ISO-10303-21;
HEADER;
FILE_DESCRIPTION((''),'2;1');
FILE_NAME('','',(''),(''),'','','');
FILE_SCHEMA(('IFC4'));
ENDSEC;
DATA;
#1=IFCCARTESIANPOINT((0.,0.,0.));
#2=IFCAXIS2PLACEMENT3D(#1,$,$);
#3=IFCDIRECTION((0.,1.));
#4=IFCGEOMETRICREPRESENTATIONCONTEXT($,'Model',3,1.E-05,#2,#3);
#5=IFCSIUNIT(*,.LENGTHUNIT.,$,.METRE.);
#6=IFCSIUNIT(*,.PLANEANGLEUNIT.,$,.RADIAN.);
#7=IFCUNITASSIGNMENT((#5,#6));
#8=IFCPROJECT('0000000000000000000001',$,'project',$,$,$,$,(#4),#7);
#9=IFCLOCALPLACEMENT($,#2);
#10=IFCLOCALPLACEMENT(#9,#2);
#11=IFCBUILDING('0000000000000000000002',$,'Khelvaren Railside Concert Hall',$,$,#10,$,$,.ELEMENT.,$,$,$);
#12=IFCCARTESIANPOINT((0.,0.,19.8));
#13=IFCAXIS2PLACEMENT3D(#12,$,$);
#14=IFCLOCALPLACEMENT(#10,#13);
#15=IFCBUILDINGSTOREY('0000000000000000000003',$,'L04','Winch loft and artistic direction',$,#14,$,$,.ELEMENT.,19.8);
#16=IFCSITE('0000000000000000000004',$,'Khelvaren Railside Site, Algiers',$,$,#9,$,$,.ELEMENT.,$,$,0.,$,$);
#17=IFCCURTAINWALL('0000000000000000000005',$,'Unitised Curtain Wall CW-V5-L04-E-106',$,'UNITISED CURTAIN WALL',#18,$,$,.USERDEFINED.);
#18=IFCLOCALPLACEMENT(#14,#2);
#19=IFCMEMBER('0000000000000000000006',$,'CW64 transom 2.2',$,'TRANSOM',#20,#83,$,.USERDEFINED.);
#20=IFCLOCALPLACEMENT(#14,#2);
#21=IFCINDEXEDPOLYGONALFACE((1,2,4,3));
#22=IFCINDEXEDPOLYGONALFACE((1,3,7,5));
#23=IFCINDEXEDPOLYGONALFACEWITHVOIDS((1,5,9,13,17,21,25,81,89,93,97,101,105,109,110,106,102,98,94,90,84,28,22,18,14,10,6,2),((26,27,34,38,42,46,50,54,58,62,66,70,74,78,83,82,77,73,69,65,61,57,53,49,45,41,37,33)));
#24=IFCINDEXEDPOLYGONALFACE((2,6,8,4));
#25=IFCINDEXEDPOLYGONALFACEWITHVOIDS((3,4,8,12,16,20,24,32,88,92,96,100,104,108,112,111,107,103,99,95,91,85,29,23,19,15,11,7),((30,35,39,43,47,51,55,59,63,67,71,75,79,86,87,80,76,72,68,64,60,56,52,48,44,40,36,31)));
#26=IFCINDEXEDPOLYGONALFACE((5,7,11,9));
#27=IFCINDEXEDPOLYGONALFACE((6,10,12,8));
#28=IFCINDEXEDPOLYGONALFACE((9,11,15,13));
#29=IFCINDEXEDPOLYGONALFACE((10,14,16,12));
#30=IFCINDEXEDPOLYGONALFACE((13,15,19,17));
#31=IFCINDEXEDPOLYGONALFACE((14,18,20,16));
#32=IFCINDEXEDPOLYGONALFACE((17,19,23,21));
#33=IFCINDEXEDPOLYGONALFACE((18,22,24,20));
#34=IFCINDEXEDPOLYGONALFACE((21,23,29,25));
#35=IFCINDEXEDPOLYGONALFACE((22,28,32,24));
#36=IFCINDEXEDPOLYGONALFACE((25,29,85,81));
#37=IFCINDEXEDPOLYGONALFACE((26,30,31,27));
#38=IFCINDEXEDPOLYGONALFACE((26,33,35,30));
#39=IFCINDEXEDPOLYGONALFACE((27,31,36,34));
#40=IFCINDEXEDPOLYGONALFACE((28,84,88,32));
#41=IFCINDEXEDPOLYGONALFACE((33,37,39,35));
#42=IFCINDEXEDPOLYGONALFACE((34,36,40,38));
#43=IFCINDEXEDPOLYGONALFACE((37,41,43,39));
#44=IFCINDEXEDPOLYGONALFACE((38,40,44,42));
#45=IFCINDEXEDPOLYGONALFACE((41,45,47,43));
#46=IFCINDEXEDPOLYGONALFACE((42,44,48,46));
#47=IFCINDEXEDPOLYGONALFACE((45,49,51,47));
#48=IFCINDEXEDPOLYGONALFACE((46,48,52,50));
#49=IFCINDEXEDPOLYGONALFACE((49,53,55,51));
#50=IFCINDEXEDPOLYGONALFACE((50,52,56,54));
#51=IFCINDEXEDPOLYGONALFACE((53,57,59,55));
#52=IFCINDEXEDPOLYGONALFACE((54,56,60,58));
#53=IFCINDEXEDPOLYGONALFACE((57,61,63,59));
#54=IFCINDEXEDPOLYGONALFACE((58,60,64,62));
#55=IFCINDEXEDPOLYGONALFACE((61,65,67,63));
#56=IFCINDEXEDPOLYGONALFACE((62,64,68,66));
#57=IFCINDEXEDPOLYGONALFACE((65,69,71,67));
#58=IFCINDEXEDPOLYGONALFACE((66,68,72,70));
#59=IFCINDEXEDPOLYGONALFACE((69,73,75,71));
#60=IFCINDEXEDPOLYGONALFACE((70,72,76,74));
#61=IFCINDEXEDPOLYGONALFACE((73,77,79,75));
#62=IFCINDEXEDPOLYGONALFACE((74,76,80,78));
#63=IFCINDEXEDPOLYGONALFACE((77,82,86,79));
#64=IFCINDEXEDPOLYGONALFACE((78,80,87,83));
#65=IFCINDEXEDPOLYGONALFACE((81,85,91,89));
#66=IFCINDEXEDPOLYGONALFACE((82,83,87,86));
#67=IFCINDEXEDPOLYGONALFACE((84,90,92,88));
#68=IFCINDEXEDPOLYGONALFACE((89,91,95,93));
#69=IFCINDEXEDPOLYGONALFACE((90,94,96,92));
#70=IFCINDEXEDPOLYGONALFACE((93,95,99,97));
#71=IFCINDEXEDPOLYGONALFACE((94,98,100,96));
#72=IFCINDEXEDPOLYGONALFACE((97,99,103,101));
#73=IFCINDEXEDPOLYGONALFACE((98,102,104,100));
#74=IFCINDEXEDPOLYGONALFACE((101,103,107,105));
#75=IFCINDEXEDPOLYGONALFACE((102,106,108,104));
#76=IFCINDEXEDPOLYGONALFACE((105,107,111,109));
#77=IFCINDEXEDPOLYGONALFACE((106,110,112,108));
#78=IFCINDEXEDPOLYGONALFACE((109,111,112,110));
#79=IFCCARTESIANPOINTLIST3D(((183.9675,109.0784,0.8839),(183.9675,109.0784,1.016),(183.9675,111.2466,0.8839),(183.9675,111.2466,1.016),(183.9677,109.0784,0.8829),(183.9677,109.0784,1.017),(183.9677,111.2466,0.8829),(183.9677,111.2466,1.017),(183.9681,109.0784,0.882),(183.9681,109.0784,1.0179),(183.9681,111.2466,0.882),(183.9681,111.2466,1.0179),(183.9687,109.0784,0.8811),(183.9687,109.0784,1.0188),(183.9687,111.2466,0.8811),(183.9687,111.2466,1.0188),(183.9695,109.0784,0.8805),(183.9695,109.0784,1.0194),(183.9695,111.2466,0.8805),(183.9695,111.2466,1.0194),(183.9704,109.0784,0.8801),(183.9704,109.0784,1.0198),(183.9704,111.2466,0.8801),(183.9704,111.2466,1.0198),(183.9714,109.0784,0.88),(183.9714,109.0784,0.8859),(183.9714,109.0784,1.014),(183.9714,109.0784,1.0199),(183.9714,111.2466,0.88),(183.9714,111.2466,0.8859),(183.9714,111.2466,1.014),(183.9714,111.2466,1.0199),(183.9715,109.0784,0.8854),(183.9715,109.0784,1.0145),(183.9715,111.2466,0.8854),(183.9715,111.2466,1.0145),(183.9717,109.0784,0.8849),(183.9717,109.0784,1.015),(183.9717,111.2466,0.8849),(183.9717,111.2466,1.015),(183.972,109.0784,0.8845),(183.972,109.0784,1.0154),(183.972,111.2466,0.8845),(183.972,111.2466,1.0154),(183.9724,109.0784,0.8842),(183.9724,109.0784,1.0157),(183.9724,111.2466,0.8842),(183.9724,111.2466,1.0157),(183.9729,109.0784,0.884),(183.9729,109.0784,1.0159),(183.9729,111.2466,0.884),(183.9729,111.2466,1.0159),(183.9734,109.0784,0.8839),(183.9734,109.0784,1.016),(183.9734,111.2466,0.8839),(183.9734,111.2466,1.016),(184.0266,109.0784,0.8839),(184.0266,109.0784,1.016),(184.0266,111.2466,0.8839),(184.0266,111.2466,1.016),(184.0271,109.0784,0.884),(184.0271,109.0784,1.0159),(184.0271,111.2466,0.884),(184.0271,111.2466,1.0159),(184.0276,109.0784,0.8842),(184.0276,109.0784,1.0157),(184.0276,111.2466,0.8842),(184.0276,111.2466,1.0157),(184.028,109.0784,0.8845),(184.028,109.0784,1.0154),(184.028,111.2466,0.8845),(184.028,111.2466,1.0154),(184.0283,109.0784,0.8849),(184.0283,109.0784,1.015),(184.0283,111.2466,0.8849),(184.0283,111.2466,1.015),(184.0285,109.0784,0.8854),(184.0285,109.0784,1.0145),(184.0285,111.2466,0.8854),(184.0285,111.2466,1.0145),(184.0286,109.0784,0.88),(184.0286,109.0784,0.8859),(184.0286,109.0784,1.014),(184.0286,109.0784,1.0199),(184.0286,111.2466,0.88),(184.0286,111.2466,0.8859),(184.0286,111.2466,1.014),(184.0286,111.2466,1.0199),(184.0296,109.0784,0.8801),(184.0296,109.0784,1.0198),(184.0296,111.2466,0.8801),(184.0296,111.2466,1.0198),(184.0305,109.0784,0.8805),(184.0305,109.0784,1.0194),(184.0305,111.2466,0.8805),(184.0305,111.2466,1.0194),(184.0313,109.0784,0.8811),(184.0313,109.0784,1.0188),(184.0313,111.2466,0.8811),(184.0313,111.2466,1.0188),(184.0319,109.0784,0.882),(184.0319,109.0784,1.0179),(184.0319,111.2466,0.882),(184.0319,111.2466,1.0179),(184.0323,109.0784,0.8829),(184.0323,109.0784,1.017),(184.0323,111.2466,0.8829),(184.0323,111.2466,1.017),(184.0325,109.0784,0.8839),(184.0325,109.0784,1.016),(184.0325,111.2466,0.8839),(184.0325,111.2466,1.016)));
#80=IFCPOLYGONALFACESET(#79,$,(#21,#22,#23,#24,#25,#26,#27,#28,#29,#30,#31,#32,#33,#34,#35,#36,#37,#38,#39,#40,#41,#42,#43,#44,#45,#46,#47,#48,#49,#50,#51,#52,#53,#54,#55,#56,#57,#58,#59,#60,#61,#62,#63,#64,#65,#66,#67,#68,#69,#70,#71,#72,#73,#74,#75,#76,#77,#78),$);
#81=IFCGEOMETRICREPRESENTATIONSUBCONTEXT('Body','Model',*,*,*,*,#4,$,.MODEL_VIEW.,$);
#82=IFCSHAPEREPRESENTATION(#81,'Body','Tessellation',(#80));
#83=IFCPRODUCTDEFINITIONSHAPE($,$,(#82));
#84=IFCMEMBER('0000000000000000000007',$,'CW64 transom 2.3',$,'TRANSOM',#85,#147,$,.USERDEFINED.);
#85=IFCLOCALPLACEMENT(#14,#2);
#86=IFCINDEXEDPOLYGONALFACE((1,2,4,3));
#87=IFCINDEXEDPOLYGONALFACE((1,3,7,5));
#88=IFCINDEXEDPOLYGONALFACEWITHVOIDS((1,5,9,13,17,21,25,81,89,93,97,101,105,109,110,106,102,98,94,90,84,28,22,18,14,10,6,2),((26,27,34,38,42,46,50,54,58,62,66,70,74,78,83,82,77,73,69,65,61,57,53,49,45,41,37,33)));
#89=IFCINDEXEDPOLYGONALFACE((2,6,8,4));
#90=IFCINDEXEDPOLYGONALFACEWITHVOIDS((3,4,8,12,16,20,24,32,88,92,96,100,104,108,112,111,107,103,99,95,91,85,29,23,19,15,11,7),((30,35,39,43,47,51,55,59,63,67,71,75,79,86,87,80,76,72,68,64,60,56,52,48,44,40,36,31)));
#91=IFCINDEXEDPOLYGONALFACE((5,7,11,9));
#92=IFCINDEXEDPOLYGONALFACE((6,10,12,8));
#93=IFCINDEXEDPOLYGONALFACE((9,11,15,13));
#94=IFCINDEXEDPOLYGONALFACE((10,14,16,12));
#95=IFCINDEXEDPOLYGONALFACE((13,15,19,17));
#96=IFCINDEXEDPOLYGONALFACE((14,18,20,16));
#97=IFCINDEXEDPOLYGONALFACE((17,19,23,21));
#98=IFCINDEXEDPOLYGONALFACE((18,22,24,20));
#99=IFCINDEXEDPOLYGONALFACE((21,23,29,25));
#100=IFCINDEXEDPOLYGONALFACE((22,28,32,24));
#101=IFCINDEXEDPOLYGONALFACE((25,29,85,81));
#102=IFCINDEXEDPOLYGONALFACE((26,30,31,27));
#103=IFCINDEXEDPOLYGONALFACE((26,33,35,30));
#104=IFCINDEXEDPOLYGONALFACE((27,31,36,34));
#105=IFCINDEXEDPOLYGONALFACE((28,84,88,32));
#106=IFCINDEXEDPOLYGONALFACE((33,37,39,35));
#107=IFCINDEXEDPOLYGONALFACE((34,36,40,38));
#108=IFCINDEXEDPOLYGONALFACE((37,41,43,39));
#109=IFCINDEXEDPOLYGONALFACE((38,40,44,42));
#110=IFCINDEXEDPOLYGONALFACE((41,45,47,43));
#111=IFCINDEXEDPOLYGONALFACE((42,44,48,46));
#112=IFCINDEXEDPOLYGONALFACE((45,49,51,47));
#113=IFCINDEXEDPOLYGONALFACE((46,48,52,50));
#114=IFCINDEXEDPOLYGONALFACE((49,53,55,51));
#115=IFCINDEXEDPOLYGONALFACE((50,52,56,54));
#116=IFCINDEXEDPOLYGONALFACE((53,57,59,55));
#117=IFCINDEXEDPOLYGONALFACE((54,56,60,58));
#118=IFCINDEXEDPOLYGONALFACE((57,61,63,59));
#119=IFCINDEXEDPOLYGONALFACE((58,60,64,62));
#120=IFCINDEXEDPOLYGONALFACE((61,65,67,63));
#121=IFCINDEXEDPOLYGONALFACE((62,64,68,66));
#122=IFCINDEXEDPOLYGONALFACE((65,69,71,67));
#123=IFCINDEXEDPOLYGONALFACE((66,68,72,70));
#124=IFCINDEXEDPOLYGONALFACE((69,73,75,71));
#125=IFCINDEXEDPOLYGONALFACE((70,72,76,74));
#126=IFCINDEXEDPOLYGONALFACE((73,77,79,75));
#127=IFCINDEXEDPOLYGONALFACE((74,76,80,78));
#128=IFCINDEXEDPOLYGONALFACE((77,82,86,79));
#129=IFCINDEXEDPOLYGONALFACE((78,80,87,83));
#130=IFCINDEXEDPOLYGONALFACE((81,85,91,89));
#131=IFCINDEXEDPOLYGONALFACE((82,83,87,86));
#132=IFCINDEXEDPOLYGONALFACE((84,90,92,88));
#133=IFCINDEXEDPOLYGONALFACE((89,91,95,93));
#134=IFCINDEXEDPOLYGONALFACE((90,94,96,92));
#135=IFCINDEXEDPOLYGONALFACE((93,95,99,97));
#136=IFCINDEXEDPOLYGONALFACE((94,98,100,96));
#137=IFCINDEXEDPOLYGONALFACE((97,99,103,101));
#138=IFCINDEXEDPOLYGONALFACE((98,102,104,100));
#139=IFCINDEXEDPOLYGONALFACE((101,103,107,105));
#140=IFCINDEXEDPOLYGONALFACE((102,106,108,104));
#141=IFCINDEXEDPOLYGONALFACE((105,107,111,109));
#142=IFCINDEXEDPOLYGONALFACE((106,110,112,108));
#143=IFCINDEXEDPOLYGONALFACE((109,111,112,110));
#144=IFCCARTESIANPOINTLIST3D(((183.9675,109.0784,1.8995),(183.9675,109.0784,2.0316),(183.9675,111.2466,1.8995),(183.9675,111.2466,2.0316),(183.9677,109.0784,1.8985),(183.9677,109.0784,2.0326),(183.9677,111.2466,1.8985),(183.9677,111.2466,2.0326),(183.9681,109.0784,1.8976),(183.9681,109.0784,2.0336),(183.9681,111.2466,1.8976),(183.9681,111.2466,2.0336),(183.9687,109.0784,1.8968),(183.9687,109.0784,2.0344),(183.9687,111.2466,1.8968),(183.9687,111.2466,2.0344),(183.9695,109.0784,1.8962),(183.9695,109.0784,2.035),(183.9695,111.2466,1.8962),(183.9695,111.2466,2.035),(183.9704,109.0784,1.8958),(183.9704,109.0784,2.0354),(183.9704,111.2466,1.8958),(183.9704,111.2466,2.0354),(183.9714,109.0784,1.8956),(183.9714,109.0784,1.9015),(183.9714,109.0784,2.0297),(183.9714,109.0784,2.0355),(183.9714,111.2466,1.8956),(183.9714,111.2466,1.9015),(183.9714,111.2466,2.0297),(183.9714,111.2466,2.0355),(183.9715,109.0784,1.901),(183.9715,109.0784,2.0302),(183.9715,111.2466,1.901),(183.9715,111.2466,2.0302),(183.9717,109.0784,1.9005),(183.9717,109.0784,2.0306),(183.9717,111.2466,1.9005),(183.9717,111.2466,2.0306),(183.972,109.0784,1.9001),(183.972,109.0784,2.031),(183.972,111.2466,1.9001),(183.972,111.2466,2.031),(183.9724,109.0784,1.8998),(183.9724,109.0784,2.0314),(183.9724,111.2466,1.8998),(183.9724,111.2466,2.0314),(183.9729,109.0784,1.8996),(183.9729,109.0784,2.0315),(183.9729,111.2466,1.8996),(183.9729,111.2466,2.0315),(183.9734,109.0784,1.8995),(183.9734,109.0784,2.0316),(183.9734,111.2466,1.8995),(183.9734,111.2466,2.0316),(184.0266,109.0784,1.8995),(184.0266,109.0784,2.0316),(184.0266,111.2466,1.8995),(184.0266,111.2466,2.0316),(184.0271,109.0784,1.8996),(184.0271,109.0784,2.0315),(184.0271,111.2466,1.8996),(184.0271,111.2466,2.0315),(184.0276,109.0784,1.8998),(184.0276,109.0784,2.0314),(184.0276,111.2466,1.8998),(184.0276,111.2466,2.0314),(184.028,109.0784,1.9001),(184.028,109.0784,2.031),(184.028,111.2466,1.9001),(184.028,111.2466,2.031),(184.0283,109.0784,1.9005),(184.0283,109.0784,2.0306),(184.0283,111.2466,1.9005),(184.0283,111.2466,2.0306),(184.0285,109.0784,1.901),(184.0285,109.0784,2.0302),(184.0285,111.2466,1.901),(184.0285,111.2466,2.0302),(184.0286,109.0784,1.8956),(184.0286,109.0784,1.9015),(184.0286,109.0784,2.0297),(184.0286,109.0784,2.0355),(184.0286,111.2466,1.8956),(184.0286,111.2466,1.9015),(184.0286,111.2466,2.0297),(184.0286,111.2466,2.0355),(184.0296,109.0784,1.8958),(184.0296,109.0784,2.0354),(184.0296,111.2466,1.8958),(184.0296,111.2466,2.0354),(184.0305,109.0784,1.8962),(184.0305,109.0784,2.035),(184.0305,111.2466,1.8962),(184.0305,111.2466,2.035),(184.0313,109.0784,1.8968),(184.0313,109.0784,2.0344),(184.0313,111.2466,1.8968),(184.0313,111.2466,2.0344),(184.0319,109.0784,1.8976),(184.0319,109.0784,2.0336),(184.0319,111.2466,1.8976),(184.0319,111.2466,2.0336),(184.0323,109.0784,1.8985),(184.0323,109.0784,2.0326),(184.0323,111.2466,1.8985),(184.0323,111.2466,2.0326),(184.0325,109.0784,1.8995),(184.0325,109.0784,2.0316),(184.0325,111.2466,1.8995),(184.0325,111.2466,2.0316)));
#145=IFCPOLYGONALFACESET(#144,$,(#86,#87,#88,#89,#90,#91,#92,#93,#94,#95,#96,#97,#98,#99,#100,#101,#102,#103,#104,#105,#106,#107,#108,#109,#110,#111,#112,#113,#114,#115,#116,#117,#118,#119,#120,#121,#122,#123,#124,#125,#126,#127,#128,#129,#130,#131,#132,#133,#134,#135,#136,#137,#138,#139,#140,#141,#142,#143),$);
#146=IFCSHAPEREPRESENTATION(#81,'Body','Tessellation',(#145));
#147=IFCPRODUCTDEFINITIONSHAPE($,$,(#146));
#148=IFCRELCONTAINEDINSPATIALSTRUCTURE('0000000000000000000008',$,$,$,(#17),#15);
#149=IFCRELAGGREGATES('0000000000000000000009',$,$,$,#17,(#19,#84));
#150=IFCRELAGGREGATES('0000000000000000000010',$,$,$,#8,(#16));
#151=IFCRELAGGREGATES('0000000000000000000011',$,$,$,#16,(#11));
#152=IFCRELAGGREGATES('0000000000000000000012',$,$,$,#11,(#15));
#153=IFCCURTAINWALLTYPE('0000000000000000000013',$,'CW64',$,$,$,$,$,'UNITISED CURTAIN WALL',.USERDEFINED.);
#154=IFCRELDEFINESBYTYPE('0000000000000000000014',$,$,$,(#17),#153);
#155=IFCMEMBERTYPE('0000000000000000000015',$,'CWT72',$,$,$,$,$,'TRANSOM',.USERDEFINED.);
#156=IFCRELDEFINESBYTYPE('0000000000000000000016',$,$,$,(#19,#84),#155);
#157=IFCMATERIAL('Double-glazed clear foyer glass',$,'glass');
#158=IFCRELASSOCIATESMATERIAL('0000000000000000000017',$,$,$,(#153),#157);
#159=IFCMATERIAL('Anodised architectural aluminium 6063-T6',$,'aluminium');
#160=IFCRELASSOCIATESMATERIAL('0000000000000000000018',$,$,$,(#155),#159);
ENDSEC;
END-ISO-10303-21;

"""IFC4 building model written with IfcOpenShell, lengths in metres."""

from ifc_helpers import new_model, si_unit, direction, frame, origin, origin_2d, place, context, subcontext, project, spatial, hollow_rectangle, extrude, material, material_profile, profile_set, type_object, element, aggregate, save


model = new_model("IFC4")

# Units and contexts
model_context = context("Model", 3, precision=1e-05, world=origin(), true_north=direction((0.0, 1.0)))
body_context = subcontext(model_context, "Body", "Model", "MODEL_VIEW")
ifc_project = project(units=[si_unit("LENGTHUNIT", "METRE"), si_unit("PLANEANGLEUNIT", "RADIAN")], contexts=[model_context])

# Site, building, storey
site_placement = place(None, origin())
site = spatial("IfcSite", under=ifc_project, at=site_placement, Name="Khelvaren Railside Site, Algiers", CompositionType="ELEMENT", RefElevation=0.0)
building_placement = place(site_placement, origin())
building = spatial("IfcBuilding", under=site, at=building_placement, Name="Khelvaren Railside Concert Hall", CompositionType="ELEMENT")
storey_placement = place(building_placement, frame((0.0, 0.0, 19.8)))
storey = spatial("IfcBuildingStorey", under=building, at=storey_placement, Name="L04", Description="Winch loft and artistic direction", CompositionType="ELEMENT", Elevation=19.8)

# Curtain wall
ifc_material_1 = material(Name="Double-glazed clear foyer glass", Category="glass")
curtain_wall_type_1 = type_object("IfcCurtainWallType", Name="CW64", ElementType="UNITISED CURTAIN WALL", PredefinedType="USERDEFINED", material=ifc_material_1)
curtain_wall_1_placement = place(storey_placement, origin())
curtain_wall_1 = element("IfcCurtainWall", 1, at=curtain_wall_1_placement, inside=storey, type_object=curtain_wall_type_1, Name="Unitised Curtain Wall CW-V5-L04-E-106", ObjectType="UNITISED CURTAIN WALL", PredefinedType="USERDEFINED")
ifc_material_2 = material(Name="Anodised architectural aluminium 6063-T6", Category="aluminium")
ifc_material_profile_1 = material_profile(ifc_material_2, hollow_rectangle(XDim=0.0649, YDim=0.1399, WallThickness=0.0039, InnerFilletRadius=0.002, OuterFilletRadius=0.0039, at=origin_2d()), Name="CWT 65x140x4")
ifc_profile_set_1 = profile_set([ifc_material_profile_1], Name="Anodised architectural aluminium 6063-T6")
member_type_1 = type_object("IfcMemberType", Name="CWT72", ElementType="TRANSOM", PredefinedType="USERDEFINED", material=ifc_profile_set_1)

# Members
member_1_placement = place(storey_placement, frame((184.0, 111.2466, 0.95), z_axis=(0.0, -1.0, 0.0), x_axis=(1.0, 0.0, 0.0)))
member_1 = element("IfcMember", 2, at=member_1_placement, type_object=member_type_1, Name="CW64 transom 2.2", ObjectType="TRANSOM", PredefinedType="USERDEFINED", context=body_context, shape_type="SweptSolid", body=[
    extrude(hollow_rectangle(XDim=0.0649, YDim=0.1399, WallThickness=0.0039, InnerFilletRadius=0.002, OuterFilletRadius=0.0039, at=origin_2d()), origin(), (0.0, 0.0, 1.0), 2.1682),
])
member_2_placement = place(storey_placement, frame((184.0, 111.2466, 1.9656), z_axis=(0.0, -1.0, 0.0), x_axis=(1.0, 0.0, 0.0)))
member_2 = element("IfcMember", 3, at=member_2_placement, type_object=member_type_1, Name="CW64 transom 2.3", ObjectType="TRANSOM", PredefinedType="USERDEFINED", context=body_context, shape_type="SweptSolid", body=[
    extrude(hollow_rectangle(XDim=0.0649, YDim=0.1399, WallThickness=0.0039, InnerFilletRadius=0.002, OuterFilletRadius=0.0039, at=origin_2d()), origin(), (0.0, 0.0, 1.0), 2.1682),
])

aggregate(curtain_wall_1, [member_1, member_2])

save(model, "model.ifc")
